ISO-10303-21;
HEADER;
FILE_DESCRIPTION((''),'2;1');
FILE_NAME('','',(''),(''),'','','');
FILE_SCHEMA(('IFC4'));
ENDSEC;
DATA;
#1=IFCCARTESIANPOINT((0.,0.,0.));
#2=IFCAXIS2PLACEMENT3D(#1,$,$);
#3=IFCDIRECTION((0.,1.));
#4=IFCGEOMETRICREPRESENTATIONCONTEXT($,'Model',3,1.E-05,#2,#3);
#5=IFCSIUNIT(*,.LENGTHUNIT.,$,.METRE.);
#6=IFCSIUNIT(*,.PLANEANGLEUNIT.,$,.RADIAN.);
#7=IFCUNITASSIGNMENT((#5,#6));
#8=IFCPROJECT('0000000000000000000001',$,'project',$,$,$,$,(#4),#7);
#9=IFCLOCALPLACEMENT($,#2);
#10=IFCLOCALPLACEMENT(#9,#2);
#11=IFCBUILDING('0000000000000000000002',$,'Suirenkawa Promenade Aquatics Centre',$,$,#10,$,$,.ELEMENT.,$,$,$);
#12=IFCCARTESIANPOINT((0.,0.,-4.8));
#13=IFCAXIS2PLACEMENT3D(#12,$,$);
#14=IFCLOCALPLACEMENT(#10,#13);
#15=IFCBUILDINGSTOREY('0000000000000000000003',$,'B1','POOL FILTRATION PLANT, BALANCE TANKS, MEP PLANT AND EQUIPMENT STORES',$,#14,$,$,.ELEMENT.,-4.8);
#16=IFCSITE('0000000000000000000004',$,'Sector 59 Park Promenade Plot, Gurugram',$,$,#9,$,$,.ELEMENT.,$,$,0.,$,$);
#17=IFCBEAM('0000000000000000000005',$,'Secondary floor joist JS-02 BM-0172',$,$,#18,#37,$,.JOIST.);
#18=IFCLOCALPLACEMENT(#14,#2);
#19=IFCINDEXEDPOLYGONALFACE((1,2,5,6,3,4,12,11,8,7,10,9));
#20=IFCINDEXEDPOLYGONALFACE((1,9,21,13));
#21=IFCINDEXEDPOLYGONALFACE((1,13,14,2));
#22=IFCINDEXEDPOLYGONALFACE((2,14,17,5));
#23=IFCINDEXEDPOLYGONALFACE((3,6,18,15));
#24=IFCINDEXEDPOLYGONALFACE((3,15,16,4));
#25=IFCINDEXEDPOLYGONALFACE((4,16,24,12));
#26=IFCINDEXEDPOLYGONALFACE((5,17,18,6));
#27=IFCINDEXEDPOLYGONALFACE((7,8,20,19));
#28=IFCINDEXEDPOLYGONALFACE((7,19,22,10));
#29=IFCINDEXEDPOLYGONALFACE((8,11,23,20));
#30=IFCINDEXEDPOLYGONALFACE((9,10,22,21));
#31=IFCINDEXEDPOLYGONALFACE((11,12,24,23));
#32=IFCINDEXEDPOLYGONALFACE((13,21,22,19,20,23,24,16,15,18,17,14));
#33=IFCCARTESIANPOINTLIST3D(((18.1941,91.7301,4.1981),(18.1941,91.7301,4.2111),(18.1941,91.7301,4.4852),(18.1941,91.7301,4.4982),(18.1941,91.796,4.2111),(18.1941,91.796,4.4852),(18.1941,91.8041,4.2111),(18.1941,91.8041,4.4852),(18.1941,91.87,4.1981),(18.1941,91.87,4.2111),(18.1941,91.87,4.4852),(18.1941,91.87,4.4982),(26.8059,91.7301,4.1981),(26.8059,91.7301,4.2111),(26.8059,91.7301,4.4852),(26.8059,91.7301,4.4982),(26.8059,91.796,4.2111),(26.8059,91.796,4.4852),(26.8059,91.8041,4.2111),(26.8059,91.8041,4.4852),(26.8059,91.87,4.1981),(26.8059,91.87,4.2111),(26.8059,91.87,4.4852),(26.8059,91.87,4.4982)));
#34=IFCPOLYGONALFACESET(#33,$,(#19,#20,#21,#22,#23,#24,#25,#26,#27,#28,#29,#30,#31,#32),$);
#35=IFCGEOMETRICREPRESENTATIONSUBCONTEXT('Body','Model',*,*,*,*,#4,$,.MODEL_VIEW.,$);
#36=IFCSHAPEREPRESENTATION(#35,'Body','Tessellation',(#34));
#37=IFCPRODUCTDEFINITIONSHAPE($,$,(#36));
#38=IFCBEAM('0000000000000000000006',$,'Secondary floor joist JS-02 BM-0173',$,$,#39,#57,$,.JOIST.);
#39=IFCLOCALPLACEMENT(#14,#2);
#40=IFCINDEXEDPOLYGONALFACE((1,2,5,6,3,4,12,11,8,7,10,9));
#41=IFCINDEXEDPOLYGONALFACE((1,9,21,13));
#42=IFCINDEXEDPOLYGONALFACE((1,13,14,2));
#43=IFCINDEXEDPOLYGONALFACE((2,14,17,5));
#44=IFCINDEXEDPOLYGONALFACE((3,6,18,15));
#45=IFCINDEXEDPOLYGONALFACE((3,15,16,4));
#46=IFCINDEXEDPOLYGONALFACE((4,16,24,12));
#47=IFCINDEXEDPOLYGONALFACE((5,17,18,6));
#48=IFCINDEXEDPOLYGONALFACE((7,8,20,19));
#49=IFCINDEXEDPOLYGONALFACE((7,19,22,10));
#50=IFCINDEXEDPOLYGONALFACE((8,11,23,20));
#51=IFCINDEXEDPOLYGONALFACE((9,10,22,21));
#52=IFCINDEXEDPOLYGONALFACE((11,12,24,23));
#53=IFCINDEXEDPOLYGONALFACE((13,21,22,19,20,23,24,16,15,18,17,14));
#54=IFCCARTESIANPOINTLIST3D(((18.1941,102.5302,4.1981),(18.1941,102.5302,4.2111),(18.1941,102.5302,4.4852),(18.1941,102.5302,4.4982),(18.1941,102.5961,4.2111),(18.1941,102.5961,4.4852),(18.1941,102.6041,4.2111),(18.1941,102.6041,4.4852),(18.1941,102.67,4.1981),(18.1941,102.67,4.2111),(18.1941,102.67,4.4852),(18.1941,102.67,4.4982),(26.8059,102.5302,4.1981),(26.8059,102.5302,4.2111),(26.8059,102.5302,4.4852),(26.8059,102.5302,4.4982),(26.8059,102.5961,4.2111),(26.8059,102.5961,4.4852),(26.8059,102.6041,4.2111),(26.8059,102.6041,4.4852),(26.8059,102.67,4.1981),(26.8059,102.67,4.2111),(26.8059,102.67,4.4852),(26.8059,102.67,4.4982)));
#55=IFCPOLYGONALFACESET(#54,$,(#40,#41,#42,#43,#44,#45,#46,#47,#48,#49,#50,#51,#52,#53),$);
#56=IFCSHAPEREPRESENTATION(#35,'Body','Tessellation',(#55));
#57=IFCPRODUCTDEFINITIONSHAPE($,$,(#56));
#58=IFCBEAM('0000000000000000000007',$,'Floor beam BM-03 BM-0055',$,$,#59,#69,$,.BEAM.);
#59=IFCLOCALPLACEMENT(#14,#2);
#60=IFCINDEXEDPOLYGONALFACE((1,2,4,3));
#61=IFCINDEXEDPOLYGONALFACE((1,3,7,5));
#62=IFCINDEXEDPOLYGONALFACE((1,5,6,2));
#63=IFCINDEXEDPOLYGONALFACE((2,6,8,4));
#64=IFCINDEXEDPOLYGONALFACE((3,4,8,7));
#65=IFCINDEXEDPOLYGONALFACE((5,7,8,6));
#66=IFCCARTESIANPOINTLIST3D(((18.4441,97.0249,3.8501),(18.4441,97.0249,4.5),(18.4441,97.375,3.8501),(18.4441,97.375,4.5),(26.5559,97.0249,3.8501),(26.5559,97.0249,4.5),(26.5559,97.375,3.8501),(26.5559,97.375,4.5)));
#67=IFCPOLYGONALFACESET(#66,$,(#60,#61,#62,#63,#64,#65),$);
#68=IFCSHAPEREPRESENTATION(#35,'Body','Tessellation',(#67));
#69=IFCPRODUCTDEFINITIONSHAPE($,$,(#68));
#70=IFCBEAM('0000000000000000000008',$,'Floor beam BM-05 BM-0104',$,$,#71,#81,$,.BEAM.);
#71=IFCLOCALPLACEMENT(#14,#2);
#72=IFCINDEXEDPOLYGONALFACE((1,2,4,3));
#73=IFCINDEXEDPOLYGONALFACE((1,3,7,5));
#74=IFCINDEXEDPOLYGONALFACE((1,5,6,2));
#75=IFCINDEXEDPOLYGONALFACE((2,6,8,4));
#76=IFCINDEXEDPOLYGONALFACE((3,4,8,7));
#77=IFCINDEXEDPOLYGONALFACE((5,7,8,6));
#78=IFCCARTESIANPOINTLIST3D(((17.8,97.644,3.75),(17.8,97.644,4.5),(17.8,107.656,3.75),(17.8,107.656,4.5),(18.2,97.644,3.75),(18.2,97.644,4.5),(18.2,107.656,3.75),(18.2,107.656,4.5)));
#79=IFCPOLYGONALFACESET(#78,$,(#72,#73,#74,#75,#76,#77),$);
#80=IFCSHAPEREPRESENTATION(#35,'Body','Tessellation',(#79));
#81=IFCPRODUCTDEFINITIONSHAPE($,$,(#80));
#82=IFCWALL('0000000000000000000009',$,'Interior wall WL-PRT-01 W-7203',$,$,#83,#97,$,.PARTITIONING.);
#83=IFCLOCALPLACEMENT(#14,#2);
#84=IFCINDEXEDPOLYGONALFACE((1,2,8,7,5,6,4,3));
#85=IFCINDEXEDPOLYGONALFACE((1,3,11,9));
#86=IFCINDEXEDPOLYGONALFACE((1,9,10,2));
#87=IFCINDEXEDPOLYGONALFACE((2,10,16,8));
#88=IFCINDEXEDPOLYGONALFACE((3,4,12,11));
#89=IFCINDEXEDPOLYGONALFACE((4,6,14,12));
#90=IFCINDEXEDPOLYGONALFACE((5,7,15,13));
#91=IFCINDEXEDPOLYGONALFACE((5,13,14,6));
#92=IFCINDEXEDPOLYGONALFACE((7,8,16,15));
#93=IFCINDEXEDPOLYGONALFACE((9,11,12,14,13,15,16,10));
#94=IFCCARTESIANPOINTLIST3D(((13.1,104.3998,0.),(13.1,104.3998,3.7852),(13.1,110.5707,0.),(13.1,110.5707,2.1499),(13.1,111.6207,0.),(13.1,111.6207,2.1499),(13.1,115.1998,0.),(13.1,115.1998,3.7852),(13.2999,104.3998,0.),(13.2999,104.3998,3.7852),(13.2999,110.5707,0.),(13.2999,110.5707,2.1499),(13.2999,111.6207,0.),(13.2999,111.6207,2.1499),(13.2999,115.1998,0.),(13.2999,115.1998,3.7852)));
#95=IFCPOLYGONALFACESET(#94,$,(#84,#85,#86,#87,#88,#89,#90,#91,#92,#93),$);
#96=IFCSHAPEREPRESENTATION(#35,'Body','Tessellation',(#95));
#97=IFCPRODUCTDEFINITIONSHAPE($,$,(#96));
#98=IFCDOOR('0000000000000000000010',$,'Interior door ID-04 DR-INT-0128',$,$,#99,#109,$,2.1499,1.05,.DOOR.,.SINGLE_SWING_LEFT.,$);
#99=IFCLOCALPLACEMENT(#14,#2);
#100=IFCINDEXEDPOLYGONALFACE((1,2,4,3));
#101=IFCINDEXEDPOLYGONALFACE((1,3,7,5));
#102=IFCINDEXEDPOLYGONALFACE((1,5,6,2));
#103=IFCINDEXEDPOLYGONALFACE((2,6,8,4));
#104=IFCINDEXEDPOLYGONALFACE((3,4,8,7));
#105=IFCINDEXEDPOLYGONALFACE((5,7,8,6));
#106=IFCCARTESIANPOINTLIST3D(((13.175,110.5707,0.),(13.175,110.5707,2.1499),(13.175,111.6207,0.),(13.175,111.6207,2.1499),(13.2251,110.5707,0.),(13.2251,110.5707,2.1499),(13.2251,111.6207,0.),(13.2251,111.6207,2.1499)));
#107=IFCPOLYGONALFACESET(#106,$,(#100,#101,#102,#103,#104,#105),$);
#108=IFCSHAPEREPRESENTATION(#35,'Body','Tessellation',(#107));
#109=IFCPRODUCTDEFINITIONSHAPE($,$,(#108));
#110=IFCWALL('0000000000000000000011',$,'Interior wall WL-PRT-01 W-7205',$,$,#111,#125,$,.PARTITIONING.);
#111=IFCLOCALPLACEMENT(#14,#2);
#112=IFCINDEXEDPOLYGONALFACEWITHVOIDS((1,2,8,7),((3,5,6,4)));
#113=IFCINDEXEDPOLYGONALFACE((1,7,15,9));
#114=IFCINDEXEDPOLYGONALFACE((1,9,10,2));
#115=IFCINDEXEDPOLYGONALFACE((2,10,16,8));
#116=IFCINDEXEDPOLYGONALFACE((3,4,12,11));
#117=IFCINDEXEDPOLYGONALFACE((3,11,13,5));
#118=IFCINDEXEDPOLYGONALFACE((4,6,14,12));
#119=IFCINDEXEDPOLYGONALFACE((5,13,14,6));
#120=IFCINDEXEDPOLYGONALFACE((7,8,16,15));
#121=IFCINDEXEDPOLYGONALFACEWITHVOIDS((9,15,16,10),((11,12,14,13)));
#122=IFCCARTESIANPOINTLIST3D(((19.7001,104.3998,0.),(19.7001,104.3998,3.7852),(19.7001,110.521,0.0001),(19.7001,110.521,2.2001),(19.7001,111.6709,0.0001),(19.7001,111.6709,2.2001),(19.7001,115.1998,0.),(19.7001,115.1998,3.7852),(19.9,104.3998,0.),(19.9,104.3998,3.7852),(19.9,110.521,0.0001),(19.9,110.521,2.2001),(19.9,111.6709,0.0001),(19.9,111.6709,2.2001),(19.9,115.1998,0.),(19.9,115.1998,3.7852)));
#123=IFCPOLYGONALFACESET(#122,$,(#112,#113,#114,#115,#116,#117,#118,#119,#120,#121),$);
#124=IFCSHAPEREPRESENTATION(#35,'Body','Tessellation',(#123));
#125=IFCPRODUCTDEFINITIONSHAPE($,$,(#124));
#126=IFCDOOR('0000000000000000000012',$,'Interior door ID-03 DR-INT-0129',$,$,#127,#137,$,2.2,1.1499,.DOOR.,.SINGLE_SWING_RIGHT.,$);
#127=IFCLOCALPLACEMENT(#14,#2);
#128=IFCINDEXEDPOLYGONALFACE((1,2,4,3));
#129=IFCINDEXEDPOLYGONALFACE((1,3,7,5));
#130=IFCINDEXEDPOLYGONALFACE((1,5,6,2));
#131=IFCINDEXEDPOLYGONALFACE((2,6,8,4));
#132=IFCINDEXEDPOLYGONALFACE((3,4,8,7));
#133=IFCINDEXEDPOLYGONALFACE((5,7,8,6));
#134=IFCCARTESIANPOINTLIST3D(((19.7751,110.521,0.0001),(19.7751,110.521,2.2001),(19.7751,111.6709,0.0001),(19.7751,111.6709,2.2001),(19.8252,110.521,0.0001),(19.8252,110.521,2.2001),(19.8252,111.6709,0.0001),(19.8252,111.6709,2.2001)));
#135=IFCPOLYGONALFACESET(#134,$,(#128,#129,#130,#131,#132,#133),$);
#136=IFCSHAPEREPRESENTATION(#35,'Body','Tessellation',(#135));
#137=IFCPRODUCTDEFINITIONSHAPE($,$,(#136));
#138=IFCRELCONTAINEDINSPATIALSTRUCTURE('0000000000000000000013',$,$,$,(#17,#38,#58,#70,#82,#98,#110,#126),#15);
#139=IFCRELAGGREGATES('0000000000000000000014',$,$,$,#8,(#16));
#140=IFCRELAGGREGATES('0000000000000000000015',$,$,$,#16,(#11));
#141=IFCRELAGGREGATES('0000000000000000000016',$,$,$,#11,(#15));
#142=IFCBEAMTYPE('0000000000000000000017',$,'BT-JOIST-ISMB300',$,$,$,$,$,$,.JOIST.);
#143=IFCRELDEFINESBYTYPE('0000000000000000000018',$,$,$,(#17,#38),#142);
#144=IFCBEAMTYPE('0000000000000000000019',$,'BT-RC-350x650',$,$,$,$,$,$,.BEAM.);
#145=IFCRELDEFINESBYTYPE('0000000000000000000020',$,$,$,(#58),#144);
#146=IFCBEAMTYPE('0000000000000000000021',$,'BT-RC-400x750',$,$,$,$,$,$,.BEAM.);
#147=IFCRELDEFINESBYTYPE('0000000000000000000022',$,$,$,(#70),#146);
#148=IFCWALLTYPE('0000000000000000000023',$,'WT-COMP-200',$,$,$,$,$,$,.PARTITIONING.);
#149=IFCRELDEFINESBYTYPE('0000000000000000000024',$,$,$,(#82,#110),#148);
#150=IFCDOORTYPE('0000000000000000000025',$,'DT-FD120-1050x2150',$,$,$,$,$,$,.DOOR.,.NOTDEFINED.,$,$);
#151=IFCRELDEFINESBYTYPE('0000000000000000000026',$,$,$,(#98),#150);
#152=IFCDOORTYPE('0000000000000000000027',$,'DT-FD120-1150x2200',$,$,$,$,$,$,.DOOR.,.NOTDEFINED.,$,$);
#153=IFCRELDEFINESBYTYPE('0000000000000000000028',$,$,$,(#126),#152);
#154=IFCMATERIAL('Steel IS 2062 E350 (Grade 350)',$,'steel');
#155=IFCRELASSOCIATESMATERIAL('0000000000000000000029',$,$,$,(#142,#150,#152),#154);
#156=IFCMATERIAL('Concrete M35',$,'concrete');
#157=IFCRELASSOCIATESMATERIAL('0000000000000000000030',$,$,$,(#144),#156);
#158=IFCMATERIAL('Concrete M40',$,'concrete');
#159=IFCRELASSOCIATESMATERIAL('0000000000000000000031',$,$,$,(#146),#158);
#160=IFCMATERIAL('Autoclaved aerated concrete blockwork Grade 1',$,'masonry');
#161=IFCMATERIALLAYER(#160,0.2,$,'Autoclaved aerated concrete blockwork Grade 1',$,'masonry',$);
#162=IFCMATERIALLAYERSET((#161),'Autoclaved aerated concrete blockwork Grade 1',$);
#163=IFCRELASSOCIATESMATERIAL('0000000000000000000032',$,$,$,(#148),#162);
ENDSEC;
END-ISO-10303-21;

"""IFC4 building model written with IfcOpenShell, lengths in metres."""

from ifc_helpers import new_model, si_unit, direction, frame, frame_2d, origin, origin_2d, place, context, subcontext, project, spatial, rectangle, i_section, extrude, material, layer, layer_set, material_profile, profile_set, type_object, element, fill, save


model = new_model("IFC4")

# Units and contexts
model_context = context("Model", 3, precision=1e-05, world=origin(), true_north=direction((0.0, 1.0)))
body_context = subcontext(model_context, "Body", "Model", "MODEL_VIEW")
ifc_project = project(units=[si_unit("LENGTHUNIT", "METRE"), si_unit("PLANEANGLEUNIT", "RADIAN")], contexts=[model_context])

# Site, building, storey
site_placement = place(None, origin())
site = spatial("IfcSite", under=ifc_project, at=site_placement, Name="Sector 59 Park Promenade Plot, Gurugram", CompositionType="ELEMENT", RefElevation=0.0)
building_placement = place(site_placement, origin())
building = spatial("IfcBuilding", under=site, at=building_placement, Name="Suirenkawa Promenade Aquatics Centre", CompositionType="ELEMENT")
storey_placement = place(building_placement, frame((0.0, 0.0, -4.8)))
storey = spatial("IfcBuildingStorey", under=building, at=storey_placement, Name="B1", Description="POOL FILTRATION PLANT, BALANCE TANKS, MEP PLANT AND EQUIPMENT STORES", CompositionType="ELEMENT", Elevation=-4.8)

# Shared definitions
ifc_material_1 = material(Name="Concrete M35", Category="concrete")

# Shared definitions
ifc_material_2 = material(Name="Concrete M40", Category="concrete")

# Beams
ifc_material_3 = material(Name="Steel IS 2062 E350 (Grade 350)", Category="steel")
ifc_material_profile_1 = material_profile(ifc_material_3, i_section(OverallWidth=0.1399, OverallDepth=0.3, WebThickness=0.0081, FlangeThickness=0.0129, at=origin_2d()), Name="ISMB 300", Category="steel")
ifc_profile_set_1 = profile_set([ifc_material_profile_1], Name="Steel IS 2062 E350 (Grade 350)")
beam_type_1 = type_object("IfcBeamType", Name="BT-JOIST-ISMB300", PredefinedType="JOIST", material=ifc_profile_set_1)
for number, where, z_axis, x_axis, name in (
    (1, (18.1941, 91.8, 4.3481), (1.0, 0.0, 0.0), (0.0, 1.0, 0.0), "Secondary floor joist JS-02 BM-0172"),
    (2, (18.1941, 102.6001, 4.3481), (1.0, 0.0, 0.0), (0.0, 1.0, 0.0), "Secondary floor joist JS-02 BM-0173"),
):
    element("IfcBeam", number, at=place(storey_placement, frame(where, z_axis=z_axis, x_axis=x_axis)), inside=storey, type_object=beam_type_1, Name=name, PredefinedType="JOIST", context=body_context, shape_type="SweptSolid", body=[
        extrude(i_section(OverallWidth=0.1399, OverallDepth=0.3, WebThickness=0.0081, FlangeThickness=0.0129, at=origin_2d()), origin(), (0.0, 0.0, 1.0), 8.6118),
    ])
ifc_material_profile_2 = material_profile(ifc_material_1, rectangle(XDim=0.3501, YDim=0.6499, at=origin_2d()), Name="RC BM 350x650", Category="concrete")
ifc_profile_set_2 = profile_set([ifc_material_profile_2], Name="Concrete M35")
beam_type_2 = type_object("IfcBeamType", Name="BT-RC-350x650", PredefinedType="BEAM", material=ifc_profile_set_2)
beam_1_placement = place(storey_placement, frame((18.4441, 97.2, 4.175), z_axis=(1.0, 0.0, 0.0), x_axis=(0.0, 1.0, 0.0)))
element("IfcBeam", 3, at=beam_1_placement, inside=storey, type_object=beam_type_2, Name="Floor beam BM-03 BM-0055", PredefinedType="BEAM", context=body_context, shape_type="SweptSolid", body=[
    extrude(rectangle(XDim=0.3501, YDim=0.6499, at=origin_2d()), origin(), (0.0, 0.0, 1.0), 8.1118),
])
ifc_material_profile_3 = material_profile(ifc_material_2, rectangle(XDim=0.3999, YDim=0.75, at=origin_2d()), Name="RC BM 400x750", Category="concrete")
ifc_profile_set_3 = profile_set([ifc_material_profile_3], Name="Concrete M40")
beam_type_3 = type_object("IfcBeamType", Name="BT-RC-400x750", PredefinedType="BEAM", material=ifc_profile_set_3)
beam_2_placement = place(storey_placement, frame((18.0, 97.644, 4.125), z_axis=(0.0, 1.0, 0.0), x_axis=(-1.0, 0.0, 0.0)))
element("IfcBeam", 4, at=beam_2_placement, inside=storey, type_object=beam_type_3, Name="Floor beam BM-05 BM-0104", PredefinedType="BEAM", context=body_context, shape_type="SweptSolid", body=[
    extrude(rectangle(XDim=0.3999, YDim=0.75, at=origin_2d()), origin(), (0.0, 0.0, 1.0), 10.012),
])

# Walls, openings, doors
ifc_material_4 = material(Name="Autoclaved aerated concrete blockwork Grade 1", Category="masonry")
ifc_layer = layer(ifc_material_4, 0.2, Name="Autoclaved aerated concrete blockwork Grade 1", Category="masonry")
ifc_layer_set = layer_set([ifc_layer], Name="Autoclaved aerated concrete blockwork Grade 1")
wall_type = type_object("IfcWallType", Name="WT-COMP-200", PredefinedType="PARTITIONING", material=ifc_layer_set)
wall_1_placement = place(storey_placement, frame((13.2, 104.3999, 0.0), z_axis=(0.0, 0.0, 1.0), x_axis=(0.0, 1.0, 0.0)))
wall_1 = element("IfcWall", 5, at=wall_1_placement, inside=storey, type_object=wall_type, Name="Interior wall WL-PRT-01 W-7203", PredefinedType="PARTITIONING", context=body_context, shape_type="SweptSolid", body=[
    extrude(rectangle(XDim=10.8, YDim=0.2, at=frame_2d((5.3999, 0.0))), origin(), (0.0, 0.0, 1.0), 3.7852),
])
opening_1_placement = place(wall_1_placement, frame((6.1709, 0.0, 0.0)))
opening_1 = element("IfcOpeningElement", 6, at=opening_1_placement, cuts=wall_1, PredefinedType="OPENING", context=body_context, shape_type="SweptSolid", body=[
    extrude(rectangle(XDim=1.05, YDim=2.1499, at=frame_2d((0.5249, 1.075))), frame((0.0, 0.1099, 0.0), z_axis=(0.0, -1.0, 0.0), x_axis=(1.0, 0.0, 0.0)), (0.0, 0.0, 1.0), 0.22),
])
door_type_1 = type_object("IfcDoorType", Name="DT-FD120-1050x2150", OperationType="NOTDEFINED", PredefinedType="DOOR", material=ifc_material_3)
door_1_placement = place(opening_1_placement, origin())
door_1 = element("IfcDoor", 7, at=door_1_placement, inside=storey, type_object=door_type_1, Name="Interior door ID-04 DR-INT-0128", OperationType="SINGLE_SWING_LEFT", OverallHeight=2.1499, OverallWidth=1.05, PredefinedType="DOOR", context=body_context, shape_type="SweptSolid", body=[
    extrude(rectangle(XDim=1.05, YDim=2.1499, at=frame_2d((0.5249, 1.075))), frame((0.0, 0.0249, 0.0), z_axis=(0.0, -1.0, 0.0), x_axis=(1.0, 0.0, 0.0)), (0.0, 0.0, 1.0), 0.05),
])
fill(opening_1, door_1)
wall_2_placement = place(storey_placement, frame((19.8, 104.3999, 0.0), z_axis=(0.0, 0.0, 1.0), x_axis=(0.0, 1.0, 0.0)))
wall_2 = element("IfcWall", 8, at=wall_2_placement, inside=storey, type_object=wall_type, Name="Interior wall WL-PRT-01 W-7205", PredefinedType="PARTITIONING", context=body_context, shape_type="SweptSolid", body=[
    extrude(rectangle(XDim=10.8, YDim=0.2, at=frame_2d((5.3999, 0.0))), origin(), (0.0, 0.0, 1.0), 3.7852),
])
opening_2_placement = place(wall_2_placement, frame((6.1211, 0.0, 0.0)))
opening_2 = element("IfcOpeningElement", 9, at=opening_2_placement, cuts=wall_2, PredefinedType="OPENING", context=body_context, shape_type="SweptSolid", body=[
    extrude(rectangle(XDim=1.1499, YDim=2.2, at=frame_2d((0.575, 1.1001))), frame((0.0, 0.1099, 0.0), z_axis=(0.0, -1.0, 0.0), x_axis=(1.0, 0.0, 0.0)), (0.0, 0.0, 1.0), 0.22),
])
door_type_2 = type_object("IfcDoorType", Name="DT-FD120-1150x2200", OperationType="NOTDEFINED", PredefinedType="DOOR", material=ifc_material_3)
door_2_placement = place(opening_2_placement, origin())
door_2 = element("IfcDoor", 10, at=door_2_placement, inside=storey, type_object=door_type_2, Name="Interior door ID-03 DR-INT-0129", OperationType="SINGLE_SWING_RIGHT", OverallHeight=2.2, OverallWidth=1.1499, PredefinedType="DOOR", context=body_context, shape_type="SweptSolid", body=[
    extrude(rectangle(XDim=1.1499, YDim=2.2, at=frame_2d((0.575, 1.1001))), frame((0.0, 0.0249, 0.0), z_axis=(0.0, -1.0, 0.0), x_axis=(1.0, 0.0, 0.0)), (0.0, 0.0, 1.0), 0.05),
])
fill(opening_2, door_2)

save(model, "model.ifc")
